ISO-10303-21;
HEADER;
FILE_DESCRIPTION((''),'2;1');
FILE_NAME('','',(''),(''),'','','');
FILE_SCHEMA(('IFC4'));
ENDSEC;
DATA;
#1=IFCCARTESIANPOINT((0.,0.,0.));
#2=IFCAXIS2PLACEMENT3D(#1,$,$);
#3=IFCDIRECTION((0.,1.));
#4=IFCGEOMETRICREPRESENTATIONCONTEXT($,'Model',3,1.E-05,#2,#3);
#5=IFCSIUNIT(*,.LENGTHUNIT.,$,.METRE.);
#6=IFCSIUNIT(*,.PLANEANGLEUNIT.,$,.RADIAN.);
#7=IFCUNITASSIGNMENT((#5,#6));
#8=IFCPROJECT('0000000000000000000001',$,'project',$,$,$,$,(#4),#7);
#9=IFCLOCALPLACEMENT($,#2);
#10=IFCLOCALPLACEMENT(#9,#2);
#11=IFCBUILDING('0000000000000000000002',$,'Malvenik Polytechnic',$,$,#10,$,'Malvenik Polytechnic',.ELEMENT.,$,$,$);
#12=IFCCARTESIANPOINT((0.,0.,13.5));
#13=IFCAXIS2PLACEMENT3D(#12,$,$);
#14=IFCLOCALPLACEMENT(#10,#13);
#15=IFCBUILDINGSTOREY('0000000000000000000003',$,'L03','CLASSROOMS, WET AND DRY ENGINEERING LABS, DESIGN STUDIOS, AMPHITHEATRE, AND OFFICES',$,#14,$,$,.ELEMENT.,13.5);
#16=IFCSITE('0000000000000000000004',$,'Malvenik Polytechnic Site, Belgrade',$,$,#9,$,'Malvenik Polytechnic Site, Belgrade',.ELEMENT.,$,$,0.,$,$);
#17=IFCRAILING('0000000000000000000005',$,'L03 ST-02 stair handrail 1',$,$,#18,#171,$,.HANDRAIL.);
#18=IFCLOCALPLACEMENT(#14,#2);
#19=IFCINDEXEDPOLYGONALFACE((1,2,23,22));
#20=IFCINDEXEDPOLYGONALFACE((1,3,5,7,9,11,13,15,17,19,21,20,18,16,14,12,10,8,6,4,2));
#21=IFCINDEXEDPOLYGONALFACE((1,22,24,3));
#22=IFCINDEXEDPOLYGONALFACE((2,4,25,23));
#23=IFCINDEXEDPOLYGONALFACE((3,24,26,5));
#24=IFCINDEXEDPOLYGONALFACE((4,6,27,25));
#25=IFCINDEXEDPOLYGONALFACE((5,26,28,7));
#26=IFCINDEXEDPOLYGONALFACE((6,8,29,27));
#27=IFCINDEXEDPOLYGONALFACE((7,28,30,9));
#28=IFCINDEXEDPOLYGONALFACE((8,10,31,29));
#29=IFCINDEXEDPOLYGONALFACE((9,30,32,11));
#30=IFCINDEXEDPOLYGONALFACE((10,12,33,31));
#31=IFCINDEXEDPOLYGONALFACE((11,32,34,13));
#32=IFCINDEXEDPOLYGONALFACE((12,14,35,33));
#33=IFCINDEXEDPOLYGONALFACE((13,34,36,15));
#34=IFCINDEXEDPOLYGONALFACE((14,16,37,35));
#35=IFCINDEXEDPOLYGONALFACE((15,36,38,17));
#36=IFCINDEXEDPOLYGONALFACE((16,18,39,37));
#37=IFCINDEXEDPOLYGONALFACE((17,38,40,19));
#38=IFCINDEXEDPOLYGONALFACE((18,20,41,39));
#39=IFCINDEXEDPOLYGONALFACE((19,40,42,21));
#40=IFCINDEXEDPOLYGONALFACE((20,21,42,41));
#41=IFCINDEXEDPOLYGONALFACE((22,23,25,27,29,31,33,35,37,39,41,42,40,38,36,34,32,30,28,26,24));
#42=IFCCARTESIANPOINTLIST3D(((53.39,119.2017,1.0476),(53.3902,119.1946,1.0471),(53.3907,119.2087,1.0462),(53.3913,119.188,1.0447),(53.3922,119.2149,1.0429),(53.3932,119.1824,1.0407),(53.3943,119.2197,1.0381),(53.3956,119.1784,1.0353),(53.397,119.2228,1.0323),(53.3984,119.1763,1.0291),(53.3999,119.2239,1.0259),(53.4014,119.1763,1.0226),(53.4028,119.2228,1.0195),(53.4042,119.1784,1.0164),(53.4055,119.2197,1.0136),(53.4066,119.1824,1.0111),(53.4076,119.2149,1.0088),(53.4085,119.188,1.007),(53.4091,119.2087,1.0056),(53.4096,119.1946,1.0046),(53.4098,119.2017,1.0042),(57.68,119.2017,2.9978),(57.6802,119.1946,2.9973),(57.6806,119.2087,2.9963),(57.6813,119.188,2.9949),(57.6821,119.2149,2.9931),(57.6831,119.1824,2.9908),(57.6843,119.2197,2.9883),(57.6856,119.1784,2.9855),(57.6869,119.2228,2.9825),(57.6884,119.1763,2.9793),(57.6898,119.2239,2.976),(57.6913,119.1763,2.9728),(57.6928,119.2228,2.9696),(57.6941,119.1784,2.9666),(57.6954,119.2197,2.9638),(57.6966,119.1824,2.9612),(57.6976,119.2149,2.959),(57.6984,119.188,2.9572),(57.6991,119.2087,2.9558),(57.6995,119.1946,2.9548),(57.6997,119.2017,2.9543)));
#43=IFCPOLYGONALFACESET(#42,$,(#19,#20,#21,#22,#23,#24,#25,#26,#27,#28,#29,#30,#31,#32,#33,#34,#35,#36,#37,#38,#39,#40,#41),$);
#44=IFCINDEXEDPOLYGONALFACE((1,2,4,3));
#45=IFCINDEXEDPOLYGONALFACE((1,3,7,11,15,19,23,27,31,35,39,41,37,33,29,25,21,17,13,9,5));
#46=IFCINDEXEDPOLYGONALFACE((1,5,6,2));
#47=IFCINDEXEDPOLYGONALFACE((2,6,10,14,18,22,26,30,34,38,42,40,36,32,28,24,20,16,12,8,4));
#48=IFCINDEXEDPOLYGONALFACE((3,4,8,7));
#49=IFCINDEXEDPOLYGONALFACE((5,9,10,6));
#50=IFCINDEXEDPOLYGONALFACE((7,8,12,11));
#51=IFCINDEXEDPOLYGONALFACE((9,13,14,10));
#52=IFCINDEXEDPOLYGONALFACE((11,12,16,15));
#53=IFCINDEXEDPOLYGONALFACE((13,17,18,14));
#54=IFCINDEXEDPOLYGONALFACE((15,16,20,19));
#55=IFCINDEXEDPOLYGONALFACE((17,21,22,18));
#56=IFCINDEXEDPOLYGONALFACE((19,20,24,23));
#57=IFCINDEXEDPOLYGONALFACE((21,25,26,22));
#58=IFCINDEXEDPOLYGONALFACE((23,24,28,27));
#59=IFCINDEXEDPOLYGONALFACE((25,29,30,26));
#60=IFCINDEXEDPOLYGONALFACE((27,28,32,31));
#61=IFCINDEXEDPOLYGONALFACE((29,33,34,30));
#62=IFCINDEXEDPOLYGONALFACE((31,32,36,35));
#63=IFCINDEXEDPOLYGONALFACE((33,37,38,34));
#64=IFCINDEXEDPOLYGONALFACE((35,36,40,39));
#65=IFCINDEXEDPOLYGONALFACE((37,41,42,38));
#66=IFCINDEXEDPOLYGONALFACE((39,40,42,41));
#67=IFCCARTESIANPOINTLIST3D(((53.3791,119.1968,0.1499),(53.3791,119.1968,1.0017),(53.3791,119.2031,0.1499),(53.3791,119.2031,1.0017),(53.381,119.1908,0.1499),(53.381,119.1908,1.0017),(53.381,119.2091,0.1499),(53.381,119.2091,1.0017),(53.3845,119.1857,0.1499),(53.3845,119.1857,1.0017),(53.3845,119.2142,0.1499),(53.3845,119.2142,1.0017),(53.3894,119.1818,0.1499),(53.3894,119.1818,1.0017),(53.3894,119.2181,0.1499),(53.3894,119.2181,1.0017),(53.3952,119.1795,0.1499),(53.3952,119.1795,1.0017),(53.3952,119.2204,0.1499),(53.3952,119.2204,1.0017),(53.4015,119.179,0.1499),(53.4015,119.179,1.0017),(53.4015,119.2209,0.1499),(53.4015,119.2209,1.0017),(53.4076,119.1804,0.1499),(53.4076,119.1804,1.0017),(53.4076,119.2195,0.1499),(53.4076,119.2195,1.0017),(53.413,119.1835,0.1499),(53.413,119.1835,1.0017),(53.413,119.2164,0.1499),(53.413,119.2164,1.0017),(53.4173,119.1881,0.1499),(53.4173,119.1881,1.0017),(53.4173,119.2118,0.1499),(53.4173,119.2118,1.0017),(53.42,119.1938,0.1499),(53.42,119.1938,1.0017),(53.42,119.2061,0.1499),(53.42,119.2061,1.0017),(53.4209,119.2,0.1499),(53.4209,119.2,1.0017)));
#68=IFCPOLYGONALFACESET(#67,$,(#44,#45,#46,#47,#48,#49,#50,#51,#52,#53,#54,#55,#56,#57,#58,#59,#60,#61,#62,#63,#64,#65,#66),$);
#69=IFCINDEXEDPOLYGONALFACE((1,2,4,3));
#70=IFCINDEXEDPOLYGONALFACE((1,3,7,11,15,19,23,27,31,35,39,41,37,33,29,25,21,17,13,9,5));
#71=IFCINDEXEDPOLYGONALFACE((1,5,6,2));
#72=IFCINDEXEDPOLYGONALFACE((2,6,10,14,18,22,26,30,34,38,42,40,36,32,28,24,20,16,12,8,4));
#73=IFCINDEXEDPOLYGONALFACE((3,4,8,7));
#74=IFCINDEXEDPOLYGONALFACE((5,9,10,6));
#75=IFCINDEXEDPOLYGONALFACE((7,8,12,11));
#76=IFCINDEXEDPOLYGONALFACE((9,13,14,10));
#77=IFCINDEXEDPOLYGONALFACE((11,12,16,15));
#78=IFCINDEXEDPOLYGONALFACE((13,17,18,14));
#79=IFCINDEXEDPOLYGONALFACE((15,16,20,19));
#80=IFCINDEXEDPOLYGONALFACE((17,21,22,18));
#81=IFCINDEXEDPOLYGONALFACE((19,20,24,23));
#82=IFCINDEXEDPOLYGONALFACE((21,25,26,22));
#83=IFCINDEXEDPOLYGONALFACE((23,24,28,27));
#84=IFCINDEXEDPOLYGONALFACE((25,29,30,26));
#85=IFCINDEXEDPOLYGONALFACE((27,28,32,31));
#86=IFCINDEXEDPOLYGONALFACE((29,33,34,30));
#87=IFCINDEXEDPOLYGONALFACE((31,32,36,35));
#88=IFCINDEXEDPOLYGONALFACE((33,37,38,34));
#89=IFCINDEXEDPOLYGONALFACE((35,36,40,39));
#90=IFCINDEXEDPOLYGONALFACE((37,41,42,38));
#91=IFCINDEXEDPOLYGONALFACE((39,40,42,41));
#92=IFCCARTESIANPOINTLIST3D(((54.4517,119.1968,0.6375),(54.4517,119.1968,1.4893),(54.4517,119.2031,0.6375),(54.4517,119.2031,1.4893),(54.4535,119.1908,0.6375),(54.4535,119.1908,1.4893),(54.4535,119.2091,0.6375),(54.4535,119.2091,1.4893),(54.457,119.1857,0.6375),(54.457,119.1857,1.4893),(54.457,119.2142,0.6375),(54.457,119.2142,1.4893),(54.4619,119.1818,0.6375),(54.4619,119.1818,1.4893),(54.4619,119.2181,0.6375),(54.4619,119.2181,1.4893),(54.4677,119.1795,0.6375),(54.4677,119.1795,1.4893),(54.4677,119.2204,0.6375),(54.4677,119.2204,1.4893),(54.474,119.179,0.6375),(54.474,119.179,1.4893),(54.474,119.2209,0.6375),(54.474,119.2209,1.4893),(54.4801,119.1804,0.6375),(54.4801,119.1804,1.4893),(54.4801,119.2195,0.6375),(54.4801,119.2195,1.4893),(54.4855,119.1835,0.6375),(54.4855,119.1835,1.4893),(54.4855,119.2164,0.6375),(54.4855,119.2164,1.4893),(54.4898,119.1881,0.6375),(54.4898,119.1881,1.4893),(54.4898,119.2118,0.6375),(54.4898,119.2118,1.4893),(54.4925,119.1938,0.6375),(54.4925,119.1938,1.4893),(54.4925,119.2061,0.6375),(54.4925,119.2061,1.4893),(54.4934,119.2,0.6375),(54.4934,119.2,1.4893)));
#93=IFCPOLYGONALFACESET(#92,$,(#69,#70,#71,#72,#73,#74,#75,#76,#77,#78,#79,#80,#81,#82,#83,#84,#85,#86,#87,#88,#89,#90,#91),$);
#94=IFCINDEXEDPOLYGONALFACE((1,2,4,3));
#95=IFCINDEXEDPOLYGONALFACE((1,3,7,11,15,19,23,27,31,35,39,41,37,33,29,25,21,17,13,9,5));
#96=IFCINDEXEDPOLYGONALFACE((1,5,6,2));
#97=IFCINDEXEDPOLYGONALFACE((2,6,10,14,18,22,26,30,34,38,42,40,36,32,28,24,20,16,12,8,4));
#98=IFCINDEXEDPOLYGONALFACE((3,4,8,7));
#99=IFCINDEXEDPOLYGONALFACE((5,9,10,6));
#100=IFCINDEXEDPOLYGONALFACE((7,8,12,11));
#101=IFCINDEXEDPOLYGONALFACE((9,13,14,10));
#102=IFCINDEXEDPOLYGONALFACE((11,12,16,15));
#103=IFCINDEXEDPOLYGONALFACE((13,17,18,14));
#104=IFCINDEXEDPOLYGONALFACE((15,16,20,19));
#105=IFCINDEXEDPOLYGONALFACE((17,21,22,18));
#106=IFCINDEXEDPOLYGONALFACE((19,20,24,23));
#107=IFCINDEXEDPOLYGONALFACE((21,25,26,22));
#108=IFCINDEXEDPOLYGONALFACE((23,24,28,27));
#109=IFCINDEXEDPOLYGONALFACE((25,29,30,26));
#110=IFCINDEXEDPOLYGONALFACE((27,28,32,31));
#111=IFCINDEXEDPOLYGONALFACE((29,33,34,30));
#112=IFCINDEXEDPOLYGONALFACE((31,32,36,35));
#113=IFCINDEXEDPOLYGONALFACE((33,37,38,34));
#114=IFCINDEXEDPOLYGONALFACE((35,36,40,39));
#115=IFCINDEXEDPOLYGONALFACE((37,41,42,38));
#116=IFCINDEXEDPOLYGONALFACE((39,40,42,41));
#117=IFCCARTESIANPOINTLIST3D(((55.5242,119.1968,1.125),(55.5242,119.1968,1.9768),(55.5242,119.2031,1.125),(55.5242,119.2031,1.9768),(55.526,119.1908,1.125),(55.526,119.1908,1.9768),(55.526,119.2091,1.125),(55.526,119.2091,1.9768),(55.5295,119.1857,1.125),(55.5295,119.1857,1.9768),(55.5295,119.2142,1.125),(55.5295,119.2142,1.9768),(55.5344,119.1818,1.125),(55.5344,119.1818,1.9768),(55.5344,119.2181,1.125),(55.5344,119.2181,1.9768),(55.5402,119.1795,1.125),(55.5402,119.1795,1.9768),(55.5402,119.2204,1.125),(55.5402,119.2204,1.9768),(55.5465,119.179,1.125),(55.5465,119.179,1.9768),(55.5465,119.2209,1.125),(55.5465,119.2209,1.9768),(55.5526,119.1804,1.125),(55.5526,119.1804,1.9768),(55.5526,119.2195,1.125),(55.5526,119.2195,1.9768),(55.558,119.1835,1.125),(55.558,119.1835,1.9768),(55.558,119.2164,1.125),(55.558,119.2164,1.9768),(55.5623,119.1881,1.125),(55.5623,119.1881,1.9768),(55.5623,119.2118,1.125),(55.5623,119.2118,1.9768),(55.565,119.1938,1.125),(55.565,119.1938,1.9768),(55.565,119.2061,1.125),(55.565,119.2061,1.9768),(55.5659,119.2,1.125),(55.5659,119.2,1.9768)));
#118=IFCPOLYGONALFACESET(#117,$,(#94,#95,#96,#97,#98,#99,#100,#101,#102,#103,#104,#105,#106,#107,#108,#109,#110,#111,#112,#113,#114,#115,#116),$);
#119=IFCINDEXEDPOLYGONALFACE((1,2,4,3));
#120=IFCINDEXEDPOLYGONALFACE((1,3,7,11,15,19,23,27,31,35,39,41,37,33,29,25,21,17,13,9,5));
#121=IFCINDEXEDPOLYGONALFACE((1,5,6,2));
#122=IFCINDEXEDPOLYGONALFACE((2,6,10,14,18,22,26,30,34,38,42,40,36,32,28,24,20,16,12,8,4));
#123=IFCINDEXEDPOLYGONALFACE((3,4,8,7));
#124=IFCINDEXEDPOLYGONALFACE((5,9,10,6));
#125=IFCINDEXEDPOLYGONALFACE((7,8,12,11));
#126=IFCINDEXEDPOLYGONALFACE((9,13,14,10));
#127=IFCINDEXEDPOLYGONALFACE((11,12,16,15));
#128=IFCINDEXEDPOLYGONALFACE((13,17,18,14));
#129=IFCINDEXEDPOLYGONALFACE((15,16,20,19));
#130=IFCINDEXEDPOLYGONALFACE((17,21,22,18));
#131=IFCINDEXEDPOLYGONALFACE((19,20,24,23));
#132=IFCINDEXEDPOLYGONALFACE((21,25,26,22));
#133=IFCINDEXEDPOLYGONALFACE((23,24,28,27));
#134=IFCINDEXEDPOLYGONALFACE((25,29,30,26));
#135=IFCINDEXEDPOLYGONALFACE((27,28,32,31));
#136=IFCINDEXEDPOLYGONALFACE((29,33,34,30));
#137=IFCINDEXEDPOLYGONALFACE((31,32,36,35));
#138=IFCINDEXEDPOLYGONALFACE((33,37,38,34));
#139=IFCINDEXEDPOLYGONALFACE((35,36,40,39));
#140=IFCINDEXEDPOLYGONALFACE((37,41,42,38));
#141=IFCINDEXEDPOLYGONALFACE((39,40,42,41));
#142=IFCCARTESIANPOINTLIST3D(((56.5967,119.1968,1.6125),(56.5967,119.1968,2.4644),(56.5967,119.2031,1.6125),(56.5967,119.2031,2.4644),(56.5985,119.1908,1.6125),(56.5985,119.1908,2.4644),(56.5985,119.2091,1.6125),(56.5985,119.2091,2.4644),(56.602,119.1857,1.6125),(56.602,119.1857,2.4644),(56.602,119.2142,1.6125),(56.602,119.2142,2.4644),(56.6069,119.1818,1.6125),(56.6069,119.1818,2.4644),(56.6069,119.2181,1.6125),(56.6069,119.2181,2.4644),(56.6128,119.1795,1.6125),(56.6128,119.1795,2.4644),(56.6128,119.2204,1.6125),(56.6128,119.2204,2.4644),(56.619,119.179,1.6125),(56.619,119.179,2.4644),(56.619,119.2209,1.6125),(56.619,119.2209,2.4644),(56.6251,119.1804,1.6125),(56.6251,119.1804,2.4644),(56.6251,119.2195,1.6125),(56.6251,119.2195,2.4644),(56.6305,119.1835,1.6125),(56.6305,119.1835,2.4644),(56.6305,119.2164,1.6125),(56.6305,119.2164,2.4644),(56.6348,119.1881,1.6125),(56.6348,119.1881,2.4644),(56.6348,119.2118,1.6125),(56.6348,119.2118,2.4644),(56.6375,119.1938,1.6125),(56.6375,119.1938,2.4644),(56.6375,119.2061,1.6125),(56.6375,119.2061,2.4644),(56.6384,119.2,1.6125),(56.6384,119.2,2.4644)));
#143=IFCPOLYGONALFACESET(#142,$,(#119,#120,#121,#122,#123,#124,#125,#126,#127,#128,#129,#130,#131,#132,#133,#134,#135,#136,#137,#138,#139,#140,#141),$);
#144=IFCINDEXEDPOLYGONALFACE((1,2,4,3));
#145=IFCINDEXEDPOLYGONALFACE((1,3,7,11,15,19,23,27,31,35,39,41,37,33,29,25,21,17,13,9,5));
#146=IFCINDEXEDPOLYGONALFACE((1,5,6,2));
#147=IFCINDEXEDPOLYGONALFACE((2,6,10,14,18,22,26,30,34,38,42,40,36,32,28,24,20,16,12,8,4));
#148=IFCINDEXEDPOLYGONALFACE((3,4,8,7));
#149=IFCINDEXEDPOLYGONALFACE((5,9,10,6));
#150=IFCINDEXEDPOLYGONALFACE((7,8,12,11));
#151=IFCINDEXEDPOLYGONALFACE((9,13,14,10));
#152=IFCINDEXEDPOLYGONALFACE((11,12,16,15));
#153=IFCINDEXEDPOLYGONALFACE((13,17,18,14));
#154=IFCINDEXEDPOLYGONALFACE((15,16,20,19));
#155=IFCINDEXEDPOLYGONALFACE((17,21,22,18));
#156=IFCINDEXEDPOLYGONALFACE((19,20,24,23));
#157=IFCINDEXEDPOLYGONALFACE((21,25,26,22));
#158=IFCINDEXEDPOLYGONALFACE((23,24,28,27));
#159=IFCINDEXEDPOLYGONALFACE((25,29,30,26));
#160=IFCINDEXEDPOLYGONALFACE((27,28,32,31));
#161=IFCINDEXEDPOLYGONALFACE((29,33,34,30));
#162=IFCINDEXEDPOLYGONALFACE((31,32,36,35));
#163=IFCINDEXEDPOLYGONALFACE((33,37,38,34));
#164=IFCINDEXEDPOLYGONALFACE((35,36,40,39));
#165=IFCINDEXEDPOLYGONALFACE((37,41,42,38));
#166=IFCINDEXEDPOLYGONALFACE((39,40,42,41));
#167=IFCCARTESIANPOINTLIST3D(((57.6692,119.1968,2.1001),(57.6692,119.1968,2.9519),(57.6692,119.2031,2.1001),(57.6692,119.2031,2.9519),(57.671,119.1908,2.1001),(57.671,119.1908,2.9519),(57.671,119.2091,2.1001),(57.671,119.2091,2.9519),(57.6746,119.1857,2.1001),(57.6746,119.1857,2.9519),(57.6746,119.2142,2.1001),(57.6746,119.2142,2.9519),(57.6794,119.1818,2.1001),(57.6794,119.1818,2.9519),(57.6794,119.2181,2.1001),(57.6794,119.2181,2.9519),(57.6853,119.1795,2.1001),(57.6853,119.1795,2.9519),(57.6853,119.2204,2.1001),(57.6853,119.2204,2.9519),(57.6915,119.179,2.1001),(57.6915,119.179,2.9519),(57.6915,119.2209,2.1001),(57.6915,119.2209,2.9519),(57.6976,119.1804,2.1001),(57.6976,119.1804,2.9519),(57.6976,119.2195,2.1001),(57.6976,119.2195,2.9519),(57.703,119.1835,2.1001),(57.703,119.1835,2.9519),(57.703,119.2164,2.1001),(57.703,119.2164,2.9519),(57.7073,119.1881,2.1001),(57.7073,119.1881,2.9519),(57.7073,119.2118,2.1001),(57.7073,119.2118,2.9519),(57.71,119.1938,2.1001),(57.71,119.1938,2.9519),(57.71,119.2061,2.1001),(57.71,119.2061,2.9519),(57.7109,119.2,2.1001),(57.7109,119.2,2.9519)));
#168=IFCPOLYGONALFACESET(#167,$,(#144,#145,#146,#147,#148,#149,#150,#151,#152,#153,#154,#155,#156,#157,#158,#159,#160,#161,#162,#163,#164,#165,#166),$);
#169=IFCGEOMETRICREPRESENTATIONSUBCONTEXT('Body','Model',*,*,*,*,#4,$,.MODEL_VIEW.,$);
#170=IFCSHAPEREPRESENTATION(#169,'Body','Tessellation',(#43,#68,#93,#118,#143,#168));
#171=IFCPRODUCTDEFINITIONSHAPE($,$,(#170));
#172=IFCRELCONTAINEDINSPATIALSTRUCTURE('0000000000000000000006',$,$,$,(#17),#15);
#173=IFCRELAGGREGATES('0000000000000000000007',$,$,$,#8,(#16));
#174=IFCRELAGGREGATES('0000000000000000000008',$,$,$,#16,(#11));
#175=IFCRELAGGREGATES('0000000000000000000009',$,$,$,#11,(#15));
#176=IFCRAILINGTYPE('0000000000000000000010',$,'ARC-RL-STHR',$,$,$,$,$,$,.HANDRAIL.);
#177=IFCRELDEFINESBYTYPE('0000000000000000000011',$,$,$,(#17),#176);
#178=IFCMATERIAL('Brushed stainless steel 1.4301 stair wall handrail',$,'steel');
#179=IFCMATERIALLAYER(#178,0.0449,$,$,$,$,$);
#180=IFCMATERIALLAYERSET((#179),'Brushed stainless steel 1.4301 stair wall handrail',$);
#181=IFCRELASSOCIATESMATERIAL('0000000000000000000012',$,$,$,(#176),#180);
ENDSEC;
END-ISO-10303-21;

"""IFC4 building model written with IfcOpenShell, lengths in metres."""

from ifc_helpers import new_model, si_unit, direction, frame, origin, origin_2d, place, context, subcontext, project, spatial, circle, extrude, material, layer, layer_set, type_object, element, save


model = new_model("IFC4")

# Units and contexts
model_context = context("Model", 3, precision=1e-05, world=origin(), true_north=direction((0.0, 1.0)))
body_context = subcontext(model_context, "Body", "Model", "MODEL_VIEW")
ifc_project = project(units=[si_unit("LENGTHUNIT", "METRE"), si_unit("PLANEANGLEUNIT", "RADIAN")], contexts=[model_context])

# Site, building, storey
site_placement = place(None, origin())
site = spatial("IfcSite", under=ifc_project, at=site_placement, Name="Malvenik Polytechnic Site, Belgrade", LongName="Malvenik Polytechnic Site, Belgrade", CompositionType="ELEMENT", RefElevation=0.0)
building_placement = place(site_placement, origin())
building = spatial("IfcBuilding", under=site, at=building_placement, Name="Malvenik Polytechnic", LongName="Malvenik Polytechnic", CompositionType="ELEMENT")
storey_placement = place(building_placement, frame((0.0, 0.0, 13.5)))
storey = spatial("IfcBuildingStorey", under=building, at=storey_placement, Name="L03", Description="CLASSROOMS, WET AND DRY ENGINEERING LABS, DESIGN STUDIOS, AMPHITHEATRE, AND OFFICES", CompositionType="ELEMENT", Elevation=13.5)

# Railing
ifc_material_1 = material(Name="Brushed stainless steel 1.4301 stair wall handrail", Category="steel")
ifc_layer_1 = layer(ifc_material_1, 0.0449)
ifc_layer_set_1 = layer_set([ifc_layer_1], Name="Brushed stainless steel 1.4301 stair wall handrail")
railing_type_1 = type_object("IfcRailingType", Name="ARC-RL-STHR", PredefinedType="HANDRAIL", material=ifc_layer_set_1)
railing_1_placement = place(storey_placement, frame((53.3999, 119.2, 0.1499)))
element("IfcRailing", 1, at=railing_1_placement, inside=storey, type_object=railing_type_1, Name="L03 ST-02 stair handrail 1", PredefinedType="HANDRAIL", context=body_context, shape_type="SweptSolid", body=[
    extrude(circle(Radius=0.0239, at=origin_2d()), frame((0.0, 0.0, 0.876), z_axis=(0.910352, 0.0, 0.413834), x_axis=(0.0, 1.0, 0.0)), (0.0, 0.0, 1.0), 4.7124),
    extrude(circle(Radius=0.021, at=origin_2d()), origin(), (0.0, 0.0, 1.0), 0.8518),
    extrude(circle(Radius=0.021, at=origin_2d()), frame((1.0725, 0.0, 0.4875)), (0.0, 0.0, 1.0), 0.8518),
    extrude(circle(Radius=0.021, at=origin_2d()), frame((2.145, 0.0, 0.9751)), (0.0, 0.0, 1.0), 0.8518),
    extrude(circle(Radius=0.021, at=origin_2d()), frame((3.2175, 0.0, 1.4626)), (0.0, 0.0, 1.0), 0.8518),
    extrude(circle(Radius=0.021, at=origin_2d()), frame((4.29, 0.0, 1.9502)), (0.0, 0.0, 1.0), 0.8518),
])

save(model, "model.ifc")
